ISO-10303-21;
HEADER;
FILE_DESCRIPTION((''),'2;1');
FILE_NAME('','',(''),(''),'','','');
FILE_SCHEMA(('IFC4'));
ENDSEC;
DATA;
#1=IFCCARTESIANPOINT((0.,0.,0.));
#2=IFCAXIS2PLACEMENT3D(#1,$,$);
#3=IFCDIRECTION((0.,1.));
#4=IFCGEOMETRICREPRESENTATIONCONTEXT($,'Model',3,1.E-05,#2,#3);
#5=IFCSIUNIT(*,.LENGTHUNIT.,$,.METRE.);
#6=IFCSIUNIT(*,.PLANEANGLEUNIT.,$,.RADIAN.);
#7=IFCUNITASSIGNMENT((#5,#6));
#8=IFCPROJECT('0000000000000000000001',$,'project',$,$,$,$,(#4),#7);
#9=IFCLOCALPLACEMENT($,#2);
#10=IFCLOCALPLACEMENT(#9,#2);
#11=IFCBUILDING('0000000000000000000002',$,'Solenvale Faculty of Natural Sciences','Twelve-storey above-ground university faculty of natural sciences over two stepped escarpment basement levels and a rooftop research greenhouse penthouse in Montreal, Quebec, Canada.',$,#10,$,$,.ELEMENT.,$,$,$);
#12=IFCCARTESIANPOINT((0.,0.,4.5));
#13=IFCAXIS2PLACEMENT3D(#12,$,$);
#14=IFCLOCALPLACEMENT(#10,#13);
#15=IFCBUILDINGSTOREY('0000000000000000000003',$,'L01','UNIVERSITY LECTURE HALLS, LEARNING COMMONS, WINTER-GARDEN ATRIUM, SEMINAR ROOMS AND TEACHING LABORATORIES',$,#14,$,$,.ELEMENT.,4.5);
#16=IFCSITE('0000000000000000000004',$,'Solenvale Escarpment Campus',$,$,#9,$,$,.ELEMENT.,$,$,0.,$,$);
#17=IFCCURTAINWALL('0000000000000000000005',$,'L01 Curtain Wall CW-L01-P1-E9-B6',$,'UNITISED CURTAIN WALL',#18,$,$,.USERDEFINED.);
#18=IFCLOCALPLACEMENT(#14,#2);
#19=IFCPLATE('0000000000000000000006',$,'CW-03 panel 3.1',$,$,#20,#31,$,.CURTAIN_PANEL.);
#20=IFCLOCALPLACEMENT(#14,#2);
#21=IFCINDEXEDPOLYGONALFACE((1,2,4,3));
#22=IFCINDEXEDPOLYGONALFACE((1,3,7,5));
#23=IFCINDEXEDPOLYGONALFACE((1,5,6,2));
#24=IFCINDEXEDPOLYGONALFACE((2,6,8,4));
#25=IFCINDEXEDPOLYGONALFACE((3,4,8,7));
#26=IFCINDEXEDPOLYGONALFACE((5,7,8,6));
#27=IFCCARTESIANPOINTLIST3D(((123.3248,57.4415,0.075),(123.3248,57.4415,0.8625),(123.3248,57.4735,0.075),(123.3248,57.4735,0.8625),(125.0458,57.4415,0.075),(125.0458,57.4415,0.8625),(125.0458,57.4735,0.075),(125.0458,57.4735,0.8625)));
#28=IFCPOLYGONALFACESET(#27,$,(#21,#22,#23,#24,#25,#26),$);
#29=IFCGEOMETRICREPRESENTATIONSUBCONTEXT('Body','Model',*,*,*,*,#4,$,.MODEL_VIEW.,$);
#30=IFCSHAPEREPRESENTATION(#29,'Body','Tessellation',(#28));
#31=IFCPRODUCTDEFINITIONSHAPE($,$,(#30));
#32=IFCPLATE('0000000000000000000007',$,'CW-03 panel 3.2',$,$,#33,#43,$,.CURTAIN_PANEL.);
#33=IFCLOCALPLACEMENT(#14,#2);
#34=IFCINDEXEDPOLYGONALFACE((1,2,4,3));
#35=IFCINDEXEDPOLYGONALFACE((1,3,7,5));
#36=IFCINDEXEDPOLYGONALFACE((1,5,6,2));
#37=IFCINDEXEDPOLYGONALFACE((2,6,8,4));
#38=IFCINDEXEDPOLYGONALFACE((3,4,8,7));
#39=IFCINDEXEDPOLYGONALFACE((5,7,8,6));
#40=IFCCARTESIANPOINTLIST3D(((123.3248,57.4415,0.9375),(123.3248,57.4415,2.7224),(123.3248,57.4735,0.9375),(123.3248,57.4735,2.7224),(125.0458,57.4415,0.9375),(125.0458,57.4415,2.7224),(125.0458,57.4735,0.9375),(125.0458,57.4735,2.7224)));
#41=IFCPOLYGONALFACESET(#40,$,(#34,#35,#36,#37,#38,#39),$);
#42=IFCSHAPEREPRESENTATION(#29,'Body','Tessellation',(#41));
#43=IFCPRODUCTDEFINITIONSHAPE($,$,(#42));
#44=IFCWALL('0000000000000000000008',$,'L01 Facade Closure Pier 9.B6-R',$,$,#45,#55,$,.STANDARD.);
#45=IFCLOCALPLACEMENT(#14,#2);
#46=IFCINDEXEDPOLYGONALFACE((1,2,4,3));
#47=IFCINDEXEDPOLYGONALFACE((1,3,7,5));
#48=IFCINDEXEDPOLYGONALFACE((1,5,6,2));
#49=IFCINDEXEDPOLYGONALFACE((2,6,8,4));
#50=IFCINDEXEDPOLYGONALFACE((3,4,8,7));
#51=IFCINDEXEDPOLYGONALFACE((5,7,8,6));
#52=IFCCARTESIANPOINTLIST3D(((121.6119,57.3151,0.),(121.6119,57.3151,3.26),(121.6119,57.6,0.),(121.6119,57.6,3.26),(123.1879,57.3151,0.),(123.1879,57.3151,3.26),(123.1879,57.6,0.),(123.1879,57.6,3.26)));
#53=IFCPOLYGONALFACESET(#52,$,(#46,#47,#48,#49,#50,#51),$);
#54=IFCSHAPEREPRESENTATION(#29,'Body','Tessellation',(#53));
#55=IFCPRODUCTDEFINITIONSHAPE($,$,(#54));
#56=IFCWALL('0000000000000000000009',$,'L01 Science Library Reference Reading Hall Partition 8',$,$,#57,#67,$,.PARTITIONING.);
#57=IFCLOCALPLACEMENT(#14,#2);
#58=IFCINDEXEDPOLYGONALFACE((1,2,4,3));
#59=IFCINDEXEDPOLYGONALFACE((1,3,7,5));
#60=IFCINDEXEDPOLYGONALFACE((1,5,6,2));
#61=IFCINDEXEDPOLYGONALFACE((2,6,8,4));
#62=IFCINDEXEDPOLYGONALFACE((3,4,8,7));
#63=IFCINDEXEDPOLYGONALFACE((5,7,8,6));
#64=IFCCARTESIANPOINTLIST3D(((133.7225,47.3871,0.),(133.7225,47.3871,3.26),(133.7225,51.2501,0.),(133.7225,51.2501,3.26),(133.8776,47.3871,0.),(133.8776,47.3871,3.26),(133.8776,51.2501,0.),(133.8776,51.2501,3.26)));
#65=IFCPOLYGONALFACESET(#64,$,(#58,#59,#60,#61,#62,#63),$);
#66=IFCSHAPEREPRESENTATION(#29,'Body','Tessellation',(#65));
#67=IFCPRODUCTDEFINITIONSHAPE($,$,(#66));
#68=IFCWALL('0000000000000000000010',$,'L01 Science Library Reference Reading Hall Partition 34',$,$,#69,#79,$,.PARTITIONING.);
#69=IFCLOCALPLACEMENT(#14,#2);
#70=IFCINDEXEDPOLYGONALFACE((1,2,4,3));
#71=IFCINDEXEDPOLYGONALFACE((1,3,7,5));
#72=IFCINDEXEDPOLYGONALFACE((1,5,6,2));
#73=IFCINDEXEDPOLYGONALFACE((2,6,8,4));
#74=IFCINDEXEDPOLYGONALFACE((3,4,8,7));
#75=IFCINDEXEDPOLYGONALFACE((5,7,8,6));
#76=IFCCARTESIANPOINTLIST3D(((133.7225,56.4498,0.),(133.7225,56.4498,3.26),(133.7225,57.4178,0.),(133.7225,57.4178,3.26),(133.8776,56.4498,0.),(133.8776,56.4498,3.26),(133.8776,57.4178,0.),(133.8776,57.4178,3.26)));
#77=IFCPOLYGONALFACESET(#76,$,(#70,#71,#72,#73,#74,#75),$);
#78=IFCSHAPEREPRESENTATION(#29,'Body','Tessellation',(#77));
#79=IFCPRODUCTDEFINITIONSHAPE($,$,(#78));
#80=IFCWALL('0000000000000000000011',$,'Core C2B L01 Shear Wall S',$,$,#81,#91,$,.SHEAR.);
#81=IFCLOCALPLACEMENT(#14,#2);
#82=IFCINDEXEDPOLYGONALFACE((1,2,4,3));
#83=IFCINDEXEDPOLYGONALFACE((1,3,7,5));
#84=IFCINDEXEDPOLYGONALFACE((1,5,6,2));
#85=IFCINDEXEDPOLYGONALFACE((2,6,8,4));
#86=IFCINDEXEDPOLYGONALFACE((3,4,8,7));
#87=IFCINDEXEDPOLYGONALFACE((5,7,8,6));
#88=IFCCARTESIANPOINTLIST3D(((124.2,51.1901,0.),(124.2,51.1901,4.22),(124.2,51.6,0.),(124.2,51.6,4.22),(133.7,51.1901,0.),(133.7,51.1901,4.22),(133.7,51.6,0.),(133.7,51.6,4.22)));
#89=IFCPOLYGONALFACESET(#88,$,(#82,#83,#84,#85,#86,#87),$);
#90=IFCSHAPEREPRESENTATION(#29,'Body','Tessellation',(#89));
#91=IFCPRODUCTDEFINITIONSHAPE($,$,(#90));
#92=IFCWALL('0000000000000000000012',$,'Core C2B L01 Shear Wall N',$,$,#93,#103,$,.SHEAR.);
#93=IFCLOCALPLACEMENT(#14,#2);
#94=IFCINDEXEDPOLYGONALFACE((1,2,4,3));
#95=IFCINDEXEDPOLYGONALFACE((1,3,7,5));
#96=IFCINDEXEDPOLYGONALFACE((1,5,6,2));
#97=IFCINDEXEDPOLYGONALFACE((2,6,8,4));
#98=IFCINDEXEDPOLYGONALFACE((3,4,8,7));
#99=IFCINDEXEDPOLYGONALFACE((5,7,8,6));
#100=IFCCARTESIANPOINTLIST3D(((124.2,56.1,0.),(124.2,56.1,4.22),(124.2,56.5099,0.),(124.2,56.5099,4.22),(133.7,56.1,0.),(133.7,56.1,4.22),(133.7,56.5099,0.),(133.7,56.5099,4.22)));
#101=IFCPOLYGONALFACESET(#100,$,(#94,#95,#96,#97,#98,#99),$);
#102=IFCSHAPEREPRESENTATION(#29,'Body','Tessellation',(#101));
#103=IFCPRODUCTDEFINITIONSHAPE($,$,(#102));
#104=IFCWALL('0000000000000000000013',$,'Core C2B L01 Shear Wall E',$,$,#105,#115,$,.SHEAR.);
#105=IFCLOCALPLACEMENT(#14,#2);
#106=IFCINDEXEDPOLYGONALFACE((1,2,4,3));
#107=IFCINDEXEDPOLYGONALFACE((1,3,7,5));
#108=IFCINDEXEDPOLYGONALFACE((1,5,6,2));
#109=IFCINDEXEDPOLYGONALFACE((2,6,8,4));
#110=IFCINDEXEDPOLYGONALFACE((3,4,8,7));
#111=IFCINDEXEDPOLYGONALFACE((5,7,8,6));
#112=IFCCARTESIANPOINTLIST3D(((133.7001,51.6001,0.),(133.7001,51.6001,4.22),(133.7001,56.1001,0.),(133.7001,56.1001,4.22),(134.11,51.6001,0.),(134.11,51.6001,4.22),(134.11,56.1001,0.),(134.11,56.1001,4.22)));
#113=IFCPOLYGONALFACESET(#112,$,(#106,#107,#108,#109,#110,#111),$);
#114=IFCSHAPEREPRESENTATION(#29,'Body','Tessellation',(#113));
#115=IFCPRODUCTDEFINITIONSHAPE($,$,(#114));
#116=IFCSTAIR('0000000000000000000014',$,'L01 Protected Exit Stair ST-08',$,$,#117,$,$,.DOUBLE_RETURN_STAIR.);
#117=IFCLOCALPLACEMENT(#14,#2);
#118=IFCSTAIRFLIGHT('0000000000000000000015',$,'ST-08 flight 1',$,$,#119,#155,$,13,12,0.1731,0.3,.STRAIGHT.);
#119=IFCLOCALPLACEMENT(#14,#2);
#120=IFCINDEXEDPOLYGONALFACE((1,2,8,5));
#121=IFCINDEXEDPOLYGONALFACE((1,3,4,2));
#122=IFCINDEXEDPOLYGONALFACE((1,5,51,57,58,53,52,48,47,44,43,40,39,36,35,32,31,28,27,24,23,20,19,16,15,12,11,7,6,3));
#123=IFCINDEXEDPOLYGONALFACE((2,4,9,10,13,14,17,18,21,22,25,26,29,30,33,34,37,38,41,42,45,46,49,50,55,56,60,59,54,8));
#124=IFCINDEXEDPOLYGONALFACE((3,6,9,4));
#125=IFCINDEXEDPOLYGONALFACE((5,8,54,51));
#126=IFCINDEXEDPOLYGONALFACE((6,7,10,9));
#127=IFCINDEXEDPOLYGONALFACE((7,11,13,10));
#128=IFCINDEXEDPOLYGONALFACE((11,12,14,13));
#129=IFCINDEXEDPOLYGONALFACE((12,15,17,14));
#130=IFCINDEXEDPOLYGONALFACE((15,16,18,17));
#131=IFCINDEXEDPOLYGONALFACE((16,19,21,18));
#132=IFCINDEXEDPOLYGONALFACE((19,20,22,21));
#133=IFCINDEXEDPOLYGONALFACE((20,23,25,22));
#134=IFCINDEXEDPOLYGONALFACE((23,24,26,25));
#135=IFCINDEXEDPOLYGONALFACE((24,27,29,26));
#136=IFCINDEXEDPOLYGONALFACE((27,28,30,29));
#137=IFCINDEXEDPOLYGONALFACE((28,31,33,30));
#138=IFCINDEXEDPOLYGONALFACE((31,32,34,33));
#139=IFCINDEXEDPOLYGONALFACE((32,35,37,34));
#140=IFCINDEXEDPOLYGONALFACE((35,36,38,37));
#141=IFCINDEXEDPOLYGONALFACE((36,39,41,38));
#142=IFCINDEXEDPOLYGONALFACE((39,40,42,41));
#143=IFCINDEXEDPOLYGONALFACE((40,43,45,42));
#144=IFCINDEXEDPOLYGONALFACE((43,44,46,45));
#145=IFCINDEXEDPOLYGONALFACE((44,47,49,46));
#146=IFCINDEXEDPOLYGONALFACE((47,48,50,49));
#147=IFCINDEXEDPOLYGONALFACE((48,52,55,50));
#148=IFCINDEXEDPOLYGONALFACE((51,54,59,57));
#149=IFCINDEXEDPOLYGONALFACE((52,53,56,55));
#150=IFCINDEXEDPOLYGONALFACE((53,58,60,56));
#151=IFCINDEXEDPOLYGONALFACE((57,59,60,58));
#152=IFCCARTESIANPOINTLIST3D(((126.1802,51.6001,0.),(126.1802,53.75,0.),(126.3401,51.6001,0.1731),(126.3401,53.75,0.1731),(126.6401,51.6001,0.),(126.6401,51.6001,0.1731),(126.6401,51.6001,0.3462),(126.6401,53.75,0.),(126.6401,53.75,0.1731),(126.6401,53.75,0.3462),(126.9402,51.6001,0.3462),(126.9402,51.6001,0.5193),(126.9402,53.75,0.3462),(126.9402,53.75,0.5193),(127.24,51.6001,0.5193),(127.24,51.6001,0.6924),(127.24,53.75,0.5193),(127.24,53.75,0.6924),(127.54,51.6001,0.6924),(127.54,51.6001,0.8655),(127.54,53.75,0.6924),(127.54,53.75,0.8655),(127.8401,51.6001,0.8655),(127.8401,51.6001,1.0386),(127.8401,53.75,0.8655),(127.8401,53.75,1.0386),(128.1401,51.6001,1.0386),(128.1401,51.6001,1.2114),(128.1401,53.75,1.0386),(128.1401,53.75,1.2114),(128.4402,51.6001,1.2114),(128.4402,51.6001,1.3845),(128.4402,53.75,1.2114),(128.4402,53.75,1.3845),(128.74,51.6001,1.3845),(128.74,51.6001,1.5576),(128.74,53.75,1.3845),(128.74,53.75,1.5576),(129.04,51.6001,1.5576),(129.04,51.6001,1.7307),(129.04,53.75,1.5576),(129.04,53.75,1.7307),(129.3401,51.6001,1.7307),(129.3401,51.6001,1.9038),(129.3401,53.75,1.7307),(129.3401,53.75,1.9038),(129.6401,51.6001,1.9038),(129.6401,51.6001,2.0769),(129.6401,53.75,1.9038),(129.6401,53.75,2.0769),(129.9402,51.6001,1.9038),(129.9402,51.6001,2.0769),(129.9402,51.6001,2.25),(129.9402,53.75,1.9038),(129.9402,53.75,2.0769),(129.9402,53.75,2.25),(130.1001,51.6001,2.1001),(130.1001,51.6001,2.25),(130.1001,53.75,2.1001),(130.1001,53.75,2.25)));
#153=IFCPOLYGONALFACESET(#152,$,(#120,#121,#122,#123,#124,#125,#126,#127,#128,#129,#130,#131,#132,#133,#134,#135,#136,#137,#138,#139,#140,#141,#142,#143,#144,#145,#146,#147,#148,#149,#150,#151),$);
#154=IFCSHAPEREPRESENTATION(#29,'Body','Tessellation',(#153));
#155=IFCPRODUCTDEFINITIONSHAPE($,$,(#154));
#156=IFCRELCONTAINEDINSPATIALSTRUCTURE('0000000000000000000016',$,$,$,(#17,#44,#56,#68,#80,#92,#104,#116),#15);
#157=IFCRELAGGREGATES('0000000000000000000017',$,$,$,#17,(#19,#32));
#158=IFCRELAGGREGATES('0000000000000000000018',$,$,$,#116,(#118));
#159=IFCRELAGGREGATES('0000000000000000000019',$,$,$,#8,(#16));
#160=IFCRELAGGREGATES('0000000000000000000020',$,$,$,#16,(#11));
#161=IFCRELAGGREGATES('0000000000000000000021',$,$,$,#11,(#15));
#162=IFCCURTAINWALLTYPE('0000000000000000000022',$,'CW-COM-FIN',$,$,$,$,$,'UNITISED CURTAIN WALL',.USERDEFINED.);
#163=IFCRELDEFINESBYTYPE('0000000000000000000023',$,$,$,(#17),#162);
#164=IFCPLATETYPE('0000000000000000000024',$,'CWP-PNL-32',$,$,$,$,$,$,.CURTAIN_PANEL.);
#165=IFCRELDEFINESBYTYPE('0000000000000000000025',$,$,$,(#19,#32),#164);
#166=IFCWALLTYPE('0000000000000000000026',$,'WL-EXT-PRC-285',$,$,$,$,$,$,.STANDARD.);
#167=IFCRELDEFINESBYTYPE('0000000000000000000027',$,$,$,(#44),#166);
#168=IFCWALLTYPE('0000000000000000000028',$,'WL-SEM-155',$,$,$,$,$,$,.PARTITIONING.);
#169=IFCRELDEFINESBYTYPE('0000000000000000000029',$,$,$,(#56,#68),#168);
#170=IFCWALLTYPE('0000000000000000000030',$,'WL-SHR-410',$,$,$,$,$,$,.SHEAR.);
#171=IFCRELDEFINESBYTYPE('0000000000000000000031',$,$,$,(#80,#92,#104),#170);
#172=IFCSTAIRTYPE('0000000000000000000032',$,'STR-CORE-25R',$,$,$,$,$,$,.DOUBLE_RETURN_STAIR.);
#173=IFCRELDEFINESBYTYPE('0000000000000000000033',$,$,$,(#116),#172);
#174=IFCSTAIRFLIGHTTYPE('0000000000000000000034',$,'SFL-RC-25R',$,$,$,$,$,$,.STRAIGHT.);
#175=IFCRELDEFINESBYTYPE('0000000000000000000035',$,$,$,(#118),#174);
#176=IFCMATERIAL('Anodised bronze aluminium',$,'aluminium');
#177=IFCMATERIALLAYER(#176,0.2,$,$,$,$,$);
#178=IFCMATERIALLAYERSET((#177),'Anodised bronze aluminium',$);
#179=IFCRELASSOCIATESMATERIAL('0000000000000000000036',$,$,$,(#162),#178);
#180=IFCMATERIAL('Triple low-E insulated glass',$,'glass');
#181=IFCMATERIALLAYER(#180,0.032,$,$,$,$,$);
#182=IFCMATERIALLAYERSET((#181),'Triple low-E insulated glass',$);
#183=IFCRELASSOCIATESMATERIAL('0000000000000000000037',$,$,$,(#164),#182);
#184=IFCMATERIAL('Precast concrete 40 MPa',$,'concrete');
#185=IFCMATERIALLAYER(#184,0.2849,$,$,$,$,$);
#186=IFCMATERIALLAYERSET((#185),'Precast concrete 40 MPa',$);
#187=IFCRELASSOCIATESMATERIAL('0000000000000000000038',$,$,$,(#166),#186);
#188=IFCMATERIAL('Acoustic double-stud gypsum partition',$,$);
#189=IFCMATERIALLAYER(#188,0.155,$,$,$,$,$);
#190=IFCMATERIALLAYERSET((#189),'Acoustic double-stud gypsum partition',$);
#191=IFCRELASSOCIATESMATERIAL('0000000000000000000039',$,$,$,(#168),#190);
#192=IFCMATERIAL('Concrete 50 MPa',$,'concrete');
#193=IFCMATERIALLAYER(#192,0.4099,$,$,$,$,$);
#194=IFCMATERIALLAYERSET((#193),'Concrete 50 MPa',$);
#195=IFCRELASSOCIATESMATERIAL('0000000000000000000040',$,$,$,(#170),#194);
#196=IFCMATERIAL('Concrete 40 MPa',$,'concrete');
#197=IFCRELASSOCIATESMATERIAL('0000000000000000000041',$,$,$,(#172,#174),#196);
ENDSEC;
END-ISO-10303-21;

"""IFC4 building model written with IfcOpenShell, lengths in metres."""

from ifc_helpers import new_model, si_unit, direction, frame, frame_2d, origin, origin_2d, place, context, subcontext, project, spatial, polyline, rectangle, outline, extrude, material, layer, layer_set, type_object, element, aggregate, save


model = new_model("IFC4")

# Units and contexts
model_context = context("Model", 3, precision=1e-05, world=origin(), true_north=direction((0.0, 1.0)))
body_context = subcontext(model_context, "Body", "Model", "MODEL_VIEW")
ifc_project = project(units=[si_unit("LENGTHUNIT", "METRE"), si_unit("PLANEANGLEUNIT", "RADIAN")], contexts=[model_context])

# Site, building, storey
site_placement = place(None, origin())
site = spatial("IfcSite", under=ifc_project, at=site_placement, Name="Solenvale Escarpment Campus", CompositionType="ELEMENT", RefElevation=0.0)
building_placement = place(site_placement, origin())
building = spatial("IfcBuilding", under=site, at=building_placement, Name="Solenvale Faculty of Natural Sciences", Description="Twelve-storey above-ground university faculty of natural sciences over two stepped escarpment basement levels and a rooftop research greenhouse penthouse in Montreal, Quebec, Canada.", CompositionType="ELEMENT")
storey_placement = place(building_placement, frame((0.0, 0.0, 4.5)))
storey = spatial("IfcBuildingStorey", under=building, at=storey_placement, Name="L01", Description="UNIVERSITY LECTURE HALLS, LEARNING COMMONS, WINTER-GARDEN ATRIUM, SEMINAR ROOMS AND TEACHING LABORATORIES", CompositionType="ELEMENT", Elevation=4.5)

# Shared definitions
ifc_material_1 = material(Name="Concrete 50 MPa", Category="concrete")

# Shared definitions
ifc_material_2 = material(Name="Concrete 40 MPa", Category="concrete")

# Curtain wall, plates
ifc_material_3 = material(Name="Anodised bronze aluminium", Category="aluminium")
ifc_layer_1 = layer(ifc_material_3, 0.2)
ifc_layer_set_1 = layer_set([ifc_layer_1], Name="Anodised bronze aluminium")
curtain_wall_type = type_object("IfcCurtainWallType", Name="CW-COM-FIN", ElementType="UNITISED CURTAIN WALL", PredefinedType="USERDEFINED", material=ifc_layer_set_1)
curtain_wall_placement = place(storey_placement, origin())
curtain_wall = element("IfcCurtainWall", 1, at=curtain_wall_placement, inside=storey, type_object=curtain_wall_type, Name="L01 Curtain Wall CW-L01-P1-E9-B6", ObjectType="UNITISED CURTAIN WALL", PredefinedType="USERDEFINED")
ifc_material_4 = material(Name="Triple low-E insulated glass", Category="glass")
ifc_layer_2 = layer(ifc_material_4, 0.032)
ifc_layer_set_2 = layer_set([ifc_layer_2], Name="Triple low-E insulated glass")
plate_type = type_object("IfcPlateType", Name="CWP-PNL-32", PredefinedType="CURTAIN_PANEL", material=ifc_layer_set_2)
plate_1_placement = place(storey_placement, frame((124.1853, 57.4575, 0.075), z_axis=(0.0, 0.0, 1.0), x_axis=(-1.0, 0.0, 0.0)))
plate_1 = element("IfcPlate", 2, at=plate_1_placement, type_object=plate_type, Name="CW-03 panel 3.1", PredefinedType="CURTAIN_PANEL", context=body_context, shape_type="SweptSolid", body=[
    extrude(rectangle(XDim=1.7209, YDim=0.032, at=origin_2d()), origin(), (0.0, 0.0, 1.0), 0.7876),
])
plate_2_placement = place(storey_placement, frame((124.1853, 57.4575, 0.9375), z_axis=(0.0, 0.0, 1.0), x_axis=(-1.0, 0.0, 0.0)))
plate_2 = element("IfcPlate", 3, at=plate_2_placement, type_object=plate_type, Name="CW-03 panel 3.2", PredefinedType="CURTAIN_PANEL", context=body_context, shape_type="SweptSolid", body=[
    extrude(rectangle(XDim=1.7209, YDim=0.032, at=origin_2d()), origin(), (0.0, 0.0, 1.0), 1.7849),
])
aggregate(curtain_wall, [plate_1, plate_2])

# Walls
ifc_material_5 = material(Name="Precast concrete 40 MPa", Category="concrete")
ifc_layer_3 = layer(ifc_material_5, 0.2849)
ifc_layer_set_3 = layer_set([ifc_layer_3], Name="Precast concrete 40 MPa")
wall_type_1 = type_object("IfcWallType", Name="WL-EXT-PRC-285", PredefinedType="STANDARD", material=ifc_layer_set_3)
wall_1_placement = place(storey_placement, frame((123.188, 57.4575, 0.0), z_axis=(0.0, 0.0, 1.0), x_axis=(-1.0, 0.0, 0.0)))
element("IfcWall", 4, at=wall_1_placement, inside=storey, type_object=wall_type_1, Name="L01 Facade Closure Pier 9.B6-R", PredefinedType="STANDARD", context=body_context, shape_type="SweptSolid", body=[
    extrude(rectangle(XDim=1.5759, YDim=0.2849, at=frame_2d((0.7881, 0.0))), origin(), (0.0, 0.0, 1.0), 3.26),
])
ifc_material_6 = material(Name="Acoustic double-stud gypsum partition")
ifc_layer_4 = layer(ifc_material_6, 0.155)
ifc_layer_set_4 = layer_set([ifc_layer_4], Name="Acoustic double-stud gypsum partition")
wall_type_2 = type_object("IfcWallType", Name="WL-SEM-155", PredefinedType="PARTITIONING", material=ifc_layer_set_4)
wall_2_placement = place(storey_placement, frame((133.8, 47.387, 0.0), z_axis=(0.0, 0.0, 1.0), x_axis=(0.0, 1.0, 0.0)))
element("IfcWall", 5, at=wall_2_placement, inside=storey, type_object=wall_type_2, Name="L01 Science Library Reference Reading Hall Partition 8", PredefinedType="PARTITIONING", context=body_context, shape_type="SweptSolid", body=[
    extrude(rectangle(XDim=3.863, YDim=0.155, at=frame_2d((1.9316, 0.0))), origin(), (0.0, 0.0, 1.0), 3.26),
])
wall_3_placement = place(storey_placement, frame((133.8, 56.45, 0.0), z_axis=(0.0, 0.0, 1.0), x_axis=(0.0, 1.0, 0.0)))
element("IfcWall", 6, at=wall_3_placement, inside=storey, type_object=wall_type_2, Name="L01 Science Library Reference Reading Hall Partition 34", PredefinedType="PARTITIONING", context=body_context, shape_type="SweptSolid", body=[
    extrude(rectangle(XDim=0.968, YDim=0.155, at=frame_2d((0.4839, 0.0))), origin(), (0.0, 0.0, 1.0), 3.26),
])
ifc_layer_5 = layer(ifc_material_1, 0.4099)
ifc_layer_set_5 = layer_set([ifc_layer_5], Name="Concrete 50 MPa")
wall_type_3 = type_object("IfcWallType", Name="WL-SHR-410", PredefinedType="SHEAR", material=ifc_layer_set_5)
for number, where, z_axis, x_axis, name in (
    (7, (124.2, 51.395, 0.0), (0.0, 0.0, 1.0), (1.0, 0.0, 0.0), "Core C2B L01 Shear Wall S"),
    (8, (124.2, 56.3049, 0.0), (0.0, 0.0, 1.0), (1.0, 0.0, 0.0), "Core C2B L01 Shear Wall N"),
):
    element("IfcWall", number, at=place(storey_placement, frame(where, z_axis=z_axis, x_axis=x_axis)), inside=storey, type_object=wall_type_3, Name=name, PredefinedType="SHEAR", context=body_context, shape_type="SweptSolid", body=[
        extrude(rectangle(XDim=9.5, YDim=0.4099, at=frame_2d((4.75, 0.0))), origin(), (0.0, 0.0, 1.0), 4.22),
    ])

# Wall
wall_4_placement = place(storey_placement, frame((133.905, 51.6001, 0.0), z_axis=(0.0, 0.0, 1.0), x_axis=(0.0, 1.0, 0.0)))
element("IfcWall", 9, at=wall_4_placement, inside=storey, type_object=wall_type_3, Name="Core C2B L01 Shear Wall E", PredefinedType="SHEAR", context=body_context, shape_type="SweptSolid", body=[
    extrude(rectangle(XDim=4.5, YDim=0.4099, at=frame_2d((2.25, 0.0))), origin(), (0.0, 0.0, 1.0), 4.22),
])

# Stair, stair flight
stair_type = type_object("IfcStairType", Name="STR-CORE-25R", PredefinedType="DOUBLE_RETURN_STAIR", material=ifc_material_2)
stair_placement = place(storey_placement, origin())
stair = element("IfcStair", 10, at=stair_placement, inside=storey, type_object=stair_type, Name="L01 Protected Exit Stair ST-08", PredefinedType="DOUBLE_RETURN_STAIR")
stair_flight_type = type_object("IfcStairFlightType", Name="SFL-RC-25R", PredefinedType="STRAIGHT", material=ifc_material_2)
stair_flight_1_placement = place(storey_placement, frame((126.3401, 52.675, 0.0), z_axis=(0.0, 0.0, 1.0), x_axis=(1.0, 0.0, 0.0)))
stair_flight_1 = element("IfcStairFlight", 11, at=stair_flight_1_placement, type_object=stair_flight_type, Name="ST-08 flight 1", NumberOfRisers=13, NumberOfTreads=12, PredefinedType="STRAIGHT", RiserHeight=0.1731, TreadLength=0.3, context=body_context, shape_type="SweptSolid", body=[
    extrude(outline(polyline([(-0.1599, 0.0), (0.0, 0.1731), (0.3, 0.1731), (0.3, 0.3462), (0.6001, 0.3462), (0.6001, 0.5193), (0.8999, 0.5193), (0.8999, 0.6924), (1.2, 0.6924), (1.2, 0.8655), (1.5, 0.8655), (1.5, 1.0386), (1.8, 1.0386), (1.8, 1.2114), (2.1001, 1.2114), (2.1001, 1.3845), (2.3999, 1.3845), (2.3999, 1.5576), (2.7, 1.5576), (2.7, 1.7307), (3.0, 1.7307), (3.0, 1.9038), (3.3, 1.9038), (3.3, 2.0769), (3.6001, 2.0769), (3.6001, 2.25), (3.76, 2.25), (3.76, 2.1001), (3.6001, 1.9038), (0.3, 0.0), (-0.1599, 0.0)])), frame((0.0, 1.075, 0.0), z_axis=(0.0, -1.0, 0.0), x_axis=(1.0, 0.0, 0.0)), (0.0, 0.0, 1.0), 2.1499),
])
aggregate(stair, [stair_flight_1])

save(model, "model.ifc")
